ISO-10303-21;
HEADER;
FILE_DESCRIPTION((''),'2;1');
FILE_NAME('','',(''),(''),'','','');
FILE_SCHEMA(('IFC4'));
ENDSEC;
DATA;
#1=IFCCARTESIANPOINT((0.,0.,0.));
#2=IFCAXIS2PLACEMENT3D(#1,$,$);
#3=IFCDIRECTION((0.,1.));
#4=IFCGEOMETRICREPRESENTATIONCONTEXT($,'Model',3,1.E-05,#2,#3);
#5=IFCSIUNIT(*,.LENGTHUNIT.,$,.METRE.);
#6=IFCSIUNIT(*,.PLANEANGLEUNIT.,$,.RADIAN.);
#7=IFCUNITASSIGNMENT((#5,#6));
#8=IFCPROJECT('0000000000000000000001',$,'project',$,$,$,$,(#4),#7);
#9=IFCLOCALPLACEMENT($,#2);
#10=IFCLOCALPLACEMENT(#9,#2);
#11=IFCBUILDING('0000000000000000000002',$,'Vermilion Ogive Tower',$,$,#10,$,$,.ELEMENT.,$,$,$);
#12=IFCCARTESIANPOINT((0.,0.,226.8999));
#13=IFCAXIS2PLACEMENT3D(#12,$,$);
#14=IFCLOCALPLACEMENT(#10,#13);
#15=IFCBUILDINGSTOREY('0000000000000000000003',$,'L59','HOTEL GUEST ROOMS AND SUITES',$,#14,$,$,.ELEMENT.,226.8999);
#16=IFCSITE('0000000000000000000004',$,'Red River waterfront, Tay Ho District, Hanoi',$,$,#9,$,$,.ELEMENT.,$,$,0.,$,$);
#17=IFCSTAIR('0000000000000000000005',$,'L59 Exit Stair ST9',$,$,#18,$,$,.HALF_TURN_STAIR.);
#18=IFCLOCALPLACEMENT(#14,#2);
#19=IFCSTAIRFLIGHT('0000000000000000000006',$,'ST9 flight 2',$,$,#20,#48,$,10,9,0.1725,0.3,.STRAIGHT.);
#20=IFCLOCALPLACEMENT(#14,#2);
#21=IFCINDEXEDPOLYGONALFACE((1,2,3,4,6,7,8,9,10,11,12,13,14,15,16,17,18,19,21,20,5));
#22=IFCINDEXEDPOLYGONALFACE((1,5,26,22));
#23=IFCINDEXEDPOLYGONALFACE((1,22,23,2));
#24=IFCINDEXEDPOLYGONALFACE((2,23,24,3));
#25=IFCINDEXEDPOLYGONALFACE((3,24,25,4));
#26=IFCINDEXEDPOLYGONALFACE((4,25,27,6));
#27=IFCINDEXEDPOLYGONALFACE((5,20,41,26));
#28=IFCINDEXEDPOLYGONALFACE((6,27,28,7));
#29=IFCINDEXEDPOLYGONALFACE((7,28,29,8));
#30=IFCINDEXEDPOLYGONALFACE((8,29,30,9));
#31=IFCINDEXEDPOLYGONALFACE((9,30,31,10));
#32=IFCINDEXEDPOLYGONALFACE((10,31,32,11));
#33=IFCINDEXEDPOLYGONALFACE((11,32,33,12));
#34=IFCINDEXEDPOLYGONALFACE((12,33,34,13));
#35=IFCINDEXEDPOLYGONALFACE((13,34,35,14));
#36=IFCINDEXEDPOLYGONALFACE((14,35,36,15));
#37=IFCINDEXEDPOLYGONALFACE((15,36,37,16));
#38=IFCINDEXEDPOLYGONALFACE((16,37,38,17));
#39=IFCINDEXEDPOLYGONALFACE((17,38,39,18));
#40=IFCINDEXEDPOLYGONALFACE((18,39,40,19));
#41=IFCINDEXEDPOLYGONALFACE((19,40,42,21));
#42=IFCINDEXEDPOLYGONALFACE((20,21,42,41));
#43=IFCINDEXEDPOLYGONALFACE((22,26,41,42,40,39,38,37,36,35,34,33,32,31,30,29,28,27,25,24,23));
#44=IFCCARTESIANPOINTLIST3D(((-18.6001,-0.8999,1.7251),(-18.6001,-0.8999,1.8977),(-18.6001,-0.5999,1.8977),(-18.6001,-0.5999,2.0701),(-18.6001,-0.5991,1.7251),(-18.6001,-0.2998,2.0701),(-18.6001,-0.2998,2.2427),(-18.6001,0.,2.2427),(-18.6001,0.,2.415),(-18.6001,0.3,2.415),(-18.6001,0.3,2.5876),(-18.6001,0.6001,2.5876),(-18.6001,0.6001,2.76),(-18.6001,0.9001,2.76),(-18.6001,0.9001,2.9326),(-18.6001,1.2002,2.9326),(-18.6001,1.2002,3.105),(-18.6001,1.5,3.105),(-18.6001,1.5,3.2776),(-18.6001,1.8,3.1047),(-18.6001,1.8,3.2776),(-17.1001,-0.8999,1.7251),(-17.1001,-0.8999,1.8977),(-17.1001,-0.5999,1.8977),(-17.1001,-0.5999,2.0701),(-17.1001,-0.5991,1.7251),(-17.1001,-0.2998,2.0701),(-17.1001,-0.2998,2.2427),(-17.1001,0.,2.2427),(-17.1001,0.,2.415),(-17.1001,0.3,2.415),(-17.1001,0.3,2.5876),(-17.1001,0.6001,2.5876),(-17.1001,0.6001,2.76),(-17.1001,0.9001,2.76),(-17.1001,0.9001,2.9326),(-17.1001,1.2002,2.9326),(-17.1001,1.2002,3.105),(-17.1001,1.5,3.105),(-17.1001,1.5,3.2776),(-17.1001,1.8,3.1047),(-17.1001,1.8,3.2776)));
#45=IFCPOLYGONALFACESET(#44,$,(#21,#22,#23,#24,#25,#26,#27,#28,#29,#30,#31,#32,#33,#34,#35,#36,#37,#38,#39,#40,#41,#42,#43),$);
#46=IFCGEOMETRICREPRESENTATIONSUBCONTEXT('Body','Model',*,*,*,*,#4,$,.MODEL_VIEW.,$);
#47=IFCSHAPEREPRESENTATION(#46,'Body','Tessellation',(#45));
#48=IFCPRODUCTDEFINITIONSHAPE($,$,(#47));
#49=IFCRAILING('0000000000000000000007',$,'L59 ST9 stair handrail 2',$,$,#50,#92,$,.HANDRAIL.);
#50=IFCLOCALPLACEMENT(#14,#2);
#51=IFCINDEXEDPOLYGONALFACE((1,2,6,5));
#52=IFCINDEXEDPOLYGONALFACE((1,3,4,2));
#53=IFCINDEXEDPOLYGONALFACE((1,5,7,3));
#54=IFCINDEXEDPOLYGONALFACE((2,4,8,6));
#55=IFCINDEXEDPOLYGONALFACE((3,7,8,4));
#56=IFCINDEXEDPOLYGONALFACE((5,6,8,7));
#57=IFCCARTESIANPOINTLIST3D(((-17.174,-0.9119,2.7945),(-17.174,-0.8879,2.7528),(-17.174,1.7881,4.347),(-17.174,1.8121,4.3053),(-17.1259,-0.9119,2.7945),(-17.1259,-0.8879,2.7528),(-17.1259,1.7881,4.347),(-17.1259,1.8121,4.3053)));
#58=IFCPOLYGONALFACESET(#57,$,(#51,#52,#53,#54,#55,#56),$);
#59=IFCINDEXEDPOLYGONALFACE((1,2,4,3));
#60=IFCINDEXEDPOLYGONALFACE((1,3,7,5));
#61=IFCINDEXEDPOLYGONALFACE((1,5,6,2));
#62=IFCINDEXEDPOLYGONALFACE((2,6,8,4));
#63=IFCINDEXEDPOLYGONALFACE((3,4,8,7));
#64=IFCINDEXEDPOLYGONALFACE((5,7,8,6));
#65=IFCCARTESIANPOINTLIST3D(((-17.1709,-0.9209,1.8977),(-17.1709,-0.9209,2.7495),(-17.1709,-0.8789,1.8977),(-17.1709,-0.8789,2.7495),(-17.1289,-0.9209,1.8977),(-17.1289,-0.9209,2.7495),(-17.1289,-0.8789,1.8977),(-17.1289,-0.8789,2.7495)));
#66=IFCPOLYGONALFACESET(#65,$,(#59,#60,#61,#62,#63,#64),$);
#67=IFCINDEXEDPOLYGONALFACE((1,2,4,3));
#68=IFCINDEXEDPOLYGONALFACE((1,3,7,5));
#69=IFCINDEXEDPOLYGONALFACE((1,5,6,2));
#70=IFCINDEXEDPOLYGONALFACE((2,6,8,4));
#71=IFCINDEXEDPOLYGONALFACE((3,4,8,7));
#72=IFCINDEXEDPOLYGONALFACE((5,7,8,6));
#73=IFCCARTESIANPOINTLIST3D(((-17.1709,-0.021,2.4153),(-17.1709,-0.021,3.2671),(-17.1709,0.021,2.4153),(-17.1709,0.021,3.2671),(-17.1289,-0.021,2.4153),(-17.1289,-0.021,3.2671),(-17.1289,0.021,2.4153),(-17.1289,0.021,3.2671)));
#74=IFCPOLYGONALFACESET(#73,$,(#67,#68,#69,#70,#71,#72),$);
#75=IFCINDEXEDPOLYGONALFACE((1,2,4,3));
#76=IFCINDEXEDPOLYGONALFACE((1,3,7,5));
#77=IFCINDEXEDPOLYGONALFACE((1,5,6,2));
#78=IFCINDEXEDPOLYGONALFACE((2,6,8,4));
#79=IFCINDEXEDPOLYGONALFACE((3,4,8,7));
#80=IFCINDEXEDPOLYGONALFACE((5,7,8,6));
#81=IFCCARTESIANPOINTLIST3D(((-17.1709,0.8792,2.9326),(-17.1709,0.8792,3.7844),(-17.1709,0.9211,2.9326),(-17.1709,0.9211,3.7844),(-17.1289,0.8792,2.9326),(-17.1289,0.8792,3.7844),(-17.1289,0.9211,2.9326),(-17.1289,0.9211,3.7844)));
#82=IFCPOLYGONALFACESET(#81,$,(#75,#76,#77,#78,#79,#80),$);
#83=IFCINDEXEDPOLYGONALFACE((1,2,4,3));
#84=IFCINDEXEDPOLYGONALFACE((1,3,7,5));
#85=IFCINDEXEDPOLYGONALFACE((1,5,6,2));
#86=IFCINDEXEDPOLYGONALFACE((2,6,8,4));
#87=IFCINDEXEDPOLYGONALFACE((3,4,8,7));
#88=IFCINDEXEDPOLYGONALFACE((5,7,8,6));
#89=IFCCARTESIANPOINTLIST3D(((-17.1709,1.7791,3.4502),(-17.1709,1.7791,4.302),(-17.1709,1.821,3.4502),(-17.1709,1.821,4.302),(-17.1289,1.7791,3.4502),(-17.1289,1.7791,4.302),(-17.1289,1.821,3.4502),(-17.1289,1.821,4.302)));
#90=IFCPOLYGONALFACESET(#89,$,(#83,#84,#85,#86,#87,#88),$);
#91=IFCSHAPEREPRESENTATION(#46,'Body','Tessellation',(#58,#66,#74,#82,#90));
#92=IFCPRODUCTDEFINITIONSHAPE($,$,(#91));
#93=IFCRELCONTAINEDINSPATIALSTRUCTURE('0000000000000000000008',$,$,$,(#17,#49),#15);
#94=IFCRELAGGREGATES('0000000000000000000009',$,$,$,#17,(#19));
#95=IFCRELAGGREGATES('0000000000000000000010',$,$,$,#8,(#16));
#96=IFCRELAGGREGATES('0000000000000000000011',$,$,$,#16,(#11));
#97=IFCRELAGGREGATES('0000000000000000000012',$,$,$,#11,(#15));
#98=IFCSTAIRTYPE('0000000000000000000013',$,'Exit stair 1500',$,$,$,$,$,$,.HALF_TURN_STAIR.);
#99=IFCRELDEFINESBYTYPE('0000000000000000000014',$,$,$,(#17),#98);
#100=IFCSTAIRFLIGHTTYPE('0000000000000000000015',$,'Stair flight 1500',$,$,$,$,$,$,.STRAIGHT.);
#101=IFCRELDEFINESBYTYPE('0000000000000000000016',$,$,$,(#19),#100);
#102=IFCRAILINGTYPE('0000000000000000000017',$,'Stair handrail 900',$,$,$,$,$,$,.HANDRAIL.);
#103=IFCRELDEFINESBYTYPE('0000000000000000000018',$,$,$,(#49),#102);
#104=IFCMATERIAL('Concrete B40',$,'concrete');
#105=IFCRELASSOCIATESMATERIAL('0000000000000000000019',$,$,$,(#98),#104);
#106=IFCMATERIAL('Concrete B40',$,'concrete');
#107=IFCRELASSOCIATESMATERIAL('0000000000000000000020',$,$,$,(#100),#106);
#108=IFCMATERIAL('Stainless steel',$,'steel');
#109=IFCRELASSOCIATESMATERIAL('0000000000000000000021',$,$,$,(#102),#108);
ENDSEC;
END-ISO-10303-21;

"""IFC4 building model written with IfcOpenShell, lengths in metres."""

from ifc_helpers import new_model, si_unit, direction, frame, origin, origin_2d, place, context, subcontext, project, spatial, polyline, rectangle, outline, extrude, material, type_object, element, aggregate, save


model = new_model("IFC4")

# Units and contexts
model_context = context("Model", 3, precision=1e-05, world=origin(), true_north=direction((0.0, 1.0)))
body_context = subcontext(model_context, "Body", "Model", "MODEL_VIEW")
ifc_project = project(units=[si_unit("LENGTHUNIT", "METRE"), si_unit("PLANEANGLEUNIT", "RADIAN")], contexts=[model_context])

# Site, building, storey
site_placement = place(None, origin())
site = spatial("IfcSite", under=ifc_project, at=site_placement, Name="Red River waterfront, Tay Ho District, Hanoi", CompositionType="ELEMENT", RefElevation=0.0)
building_placement = place(site_placement, origin())
building = spatial("IfcBuilding", under=site, at=building_placement, Name="Vermilion Ogive Tower", CompositionType="ELEMENT")
storey_placement = place(building_placement, frame((0.0, 0.0, 226.8999)))
storey = spatial("IfcBuildingStorey", under=building, at=storey_placement, Name="L59", Description="HOTEL GUEST ROOMS AND SUITES", CompositionType="ELEMENT", Elevation=226.8999)

# Stair, stair flight
ifc_material_1 = material(Name="Concrete B40", Category="concrete")
stair_type = type_object("IfcStairType", Name="Exit stair 1500", PredefinedType="HALF_TURN_STAIR", material=ifc_material_1)
stair_placement = place(storey_placement, origin())
stair = element("IfcStair", 1, at=stair_placement, inside=storey, type_object=stair_type, Name="L59 Exit Stair ST9", PredefinedType="HALF_TURN_STAIR")
ifc_material_2 = material(Name="Concrete B40", Category="concrete")
stair_flight_type = type_object("IfcStairFlightType", Name="Stair flight 1500", PredefinedType="STRAIGHT", material=ifc_material_2)
stair_flight_placement = place(storey_placement, frame((-17.8501, -0.8999, 1.7251), z_axis=(0.0, 0.0, 1.0), x_axis=(0.0, 1.0, 0.0)))
stair_flight = element("IfcStairFlight", 2, at=stair_flight_placement, type_object=stair_flight_type, Name="ST9 flight 2", NumberOfRisers=10, NumberOfTreads=9, PredefinedType="STRAIGHT", RiserHeight=0.1725, TreadLength=0.3, context=body_context, shape_type="SweptSolid", body=[
    extrude(outline(polyline([(0.0, 0.0), (0.0, 0.1726), (0.3, 0.1726), (0.3, 0.345), (0.6001, 0.345), (0.6001, 0.5176), (0.8999, 0.5176), (0.8999, 0.6899), (1.2, 0.6899), (1.2, 0.8625), (1.5, 0.8625), (1.5, 1.0349), (1.8, 1.0349), (1.8, 1.2075), (2.1001, 1.2075), (2.1001, 1.3799), (2.3999, 1.3799), (2.3999, 1.5525), (2.7, 1.5525), (2.7, 1.7251), (2.7, 1.3796), (0.3008, 0.0), (0.0, 0.0)])), frame((0.0, 0.75, 0.0), z_axis=(0.0, -1.0, 0.0), x_axis=(1.0, 0.0, 0.0)), (0.0, 0.0, 1.0), 1.5),
])
aggregate(stair, [stair_flight])

# Railing
ifc_material_3 = material(Name="Stainless steel", Category="steel")
railing_type = type_object("IfcRailingType", Name="Stair handrail 900", PredefinedType="HANDRAIL", material=ifc_material_3)
railing_placement = place(storey_placement, frame((-17.1499, -0.8999, 1.8977)))
element("IfcRailing", 3, at=railing_placement, inside=storey, type_object=railing_type, Name="L59 ST9 stair handrail 2", PredefinedType="HANDRAIL", context=body_context, shape_type="SweptSolid", body=[
    extrude(rectangle(XDim=0.0481, YDim=0.0481, at=origin_2d()), frame((0.0, 0.0, 0.876), z_axis=(0.0, 0.866904, 0.498476), x_axis=(-1.0, 0.0, 0.0)), (0.0, 0.0, 1.0), 3.1145),
    extrude(rectangle(XDim=0.042, YDim=0.042, at=origin_2d()), origin(), (0.0, 0.0, 1.0), 0.8518),
    extrude(rectangle(XDim=0.042, YDim=0.042, at=origin_2d()), frame((0.0, 0.8999, 0.5176)), (0.0, 0.0, 1.0), 0.8518),
    extrude(rectangle(XDim=0.042, YDim=0.042, at=origin_2d()), frame((0.0, 1.8, 1.0349)), (0.0, 0.0, 1.0), 0.8518),
    extrude(rectangle(XDim=0.042, YDim=0.042, at=origin_2d()), frame((0.0, 2.7, 1.5525)), (0.0, 0.0, 1.0), 0.8518),
])

save(model, "model.ifc")
